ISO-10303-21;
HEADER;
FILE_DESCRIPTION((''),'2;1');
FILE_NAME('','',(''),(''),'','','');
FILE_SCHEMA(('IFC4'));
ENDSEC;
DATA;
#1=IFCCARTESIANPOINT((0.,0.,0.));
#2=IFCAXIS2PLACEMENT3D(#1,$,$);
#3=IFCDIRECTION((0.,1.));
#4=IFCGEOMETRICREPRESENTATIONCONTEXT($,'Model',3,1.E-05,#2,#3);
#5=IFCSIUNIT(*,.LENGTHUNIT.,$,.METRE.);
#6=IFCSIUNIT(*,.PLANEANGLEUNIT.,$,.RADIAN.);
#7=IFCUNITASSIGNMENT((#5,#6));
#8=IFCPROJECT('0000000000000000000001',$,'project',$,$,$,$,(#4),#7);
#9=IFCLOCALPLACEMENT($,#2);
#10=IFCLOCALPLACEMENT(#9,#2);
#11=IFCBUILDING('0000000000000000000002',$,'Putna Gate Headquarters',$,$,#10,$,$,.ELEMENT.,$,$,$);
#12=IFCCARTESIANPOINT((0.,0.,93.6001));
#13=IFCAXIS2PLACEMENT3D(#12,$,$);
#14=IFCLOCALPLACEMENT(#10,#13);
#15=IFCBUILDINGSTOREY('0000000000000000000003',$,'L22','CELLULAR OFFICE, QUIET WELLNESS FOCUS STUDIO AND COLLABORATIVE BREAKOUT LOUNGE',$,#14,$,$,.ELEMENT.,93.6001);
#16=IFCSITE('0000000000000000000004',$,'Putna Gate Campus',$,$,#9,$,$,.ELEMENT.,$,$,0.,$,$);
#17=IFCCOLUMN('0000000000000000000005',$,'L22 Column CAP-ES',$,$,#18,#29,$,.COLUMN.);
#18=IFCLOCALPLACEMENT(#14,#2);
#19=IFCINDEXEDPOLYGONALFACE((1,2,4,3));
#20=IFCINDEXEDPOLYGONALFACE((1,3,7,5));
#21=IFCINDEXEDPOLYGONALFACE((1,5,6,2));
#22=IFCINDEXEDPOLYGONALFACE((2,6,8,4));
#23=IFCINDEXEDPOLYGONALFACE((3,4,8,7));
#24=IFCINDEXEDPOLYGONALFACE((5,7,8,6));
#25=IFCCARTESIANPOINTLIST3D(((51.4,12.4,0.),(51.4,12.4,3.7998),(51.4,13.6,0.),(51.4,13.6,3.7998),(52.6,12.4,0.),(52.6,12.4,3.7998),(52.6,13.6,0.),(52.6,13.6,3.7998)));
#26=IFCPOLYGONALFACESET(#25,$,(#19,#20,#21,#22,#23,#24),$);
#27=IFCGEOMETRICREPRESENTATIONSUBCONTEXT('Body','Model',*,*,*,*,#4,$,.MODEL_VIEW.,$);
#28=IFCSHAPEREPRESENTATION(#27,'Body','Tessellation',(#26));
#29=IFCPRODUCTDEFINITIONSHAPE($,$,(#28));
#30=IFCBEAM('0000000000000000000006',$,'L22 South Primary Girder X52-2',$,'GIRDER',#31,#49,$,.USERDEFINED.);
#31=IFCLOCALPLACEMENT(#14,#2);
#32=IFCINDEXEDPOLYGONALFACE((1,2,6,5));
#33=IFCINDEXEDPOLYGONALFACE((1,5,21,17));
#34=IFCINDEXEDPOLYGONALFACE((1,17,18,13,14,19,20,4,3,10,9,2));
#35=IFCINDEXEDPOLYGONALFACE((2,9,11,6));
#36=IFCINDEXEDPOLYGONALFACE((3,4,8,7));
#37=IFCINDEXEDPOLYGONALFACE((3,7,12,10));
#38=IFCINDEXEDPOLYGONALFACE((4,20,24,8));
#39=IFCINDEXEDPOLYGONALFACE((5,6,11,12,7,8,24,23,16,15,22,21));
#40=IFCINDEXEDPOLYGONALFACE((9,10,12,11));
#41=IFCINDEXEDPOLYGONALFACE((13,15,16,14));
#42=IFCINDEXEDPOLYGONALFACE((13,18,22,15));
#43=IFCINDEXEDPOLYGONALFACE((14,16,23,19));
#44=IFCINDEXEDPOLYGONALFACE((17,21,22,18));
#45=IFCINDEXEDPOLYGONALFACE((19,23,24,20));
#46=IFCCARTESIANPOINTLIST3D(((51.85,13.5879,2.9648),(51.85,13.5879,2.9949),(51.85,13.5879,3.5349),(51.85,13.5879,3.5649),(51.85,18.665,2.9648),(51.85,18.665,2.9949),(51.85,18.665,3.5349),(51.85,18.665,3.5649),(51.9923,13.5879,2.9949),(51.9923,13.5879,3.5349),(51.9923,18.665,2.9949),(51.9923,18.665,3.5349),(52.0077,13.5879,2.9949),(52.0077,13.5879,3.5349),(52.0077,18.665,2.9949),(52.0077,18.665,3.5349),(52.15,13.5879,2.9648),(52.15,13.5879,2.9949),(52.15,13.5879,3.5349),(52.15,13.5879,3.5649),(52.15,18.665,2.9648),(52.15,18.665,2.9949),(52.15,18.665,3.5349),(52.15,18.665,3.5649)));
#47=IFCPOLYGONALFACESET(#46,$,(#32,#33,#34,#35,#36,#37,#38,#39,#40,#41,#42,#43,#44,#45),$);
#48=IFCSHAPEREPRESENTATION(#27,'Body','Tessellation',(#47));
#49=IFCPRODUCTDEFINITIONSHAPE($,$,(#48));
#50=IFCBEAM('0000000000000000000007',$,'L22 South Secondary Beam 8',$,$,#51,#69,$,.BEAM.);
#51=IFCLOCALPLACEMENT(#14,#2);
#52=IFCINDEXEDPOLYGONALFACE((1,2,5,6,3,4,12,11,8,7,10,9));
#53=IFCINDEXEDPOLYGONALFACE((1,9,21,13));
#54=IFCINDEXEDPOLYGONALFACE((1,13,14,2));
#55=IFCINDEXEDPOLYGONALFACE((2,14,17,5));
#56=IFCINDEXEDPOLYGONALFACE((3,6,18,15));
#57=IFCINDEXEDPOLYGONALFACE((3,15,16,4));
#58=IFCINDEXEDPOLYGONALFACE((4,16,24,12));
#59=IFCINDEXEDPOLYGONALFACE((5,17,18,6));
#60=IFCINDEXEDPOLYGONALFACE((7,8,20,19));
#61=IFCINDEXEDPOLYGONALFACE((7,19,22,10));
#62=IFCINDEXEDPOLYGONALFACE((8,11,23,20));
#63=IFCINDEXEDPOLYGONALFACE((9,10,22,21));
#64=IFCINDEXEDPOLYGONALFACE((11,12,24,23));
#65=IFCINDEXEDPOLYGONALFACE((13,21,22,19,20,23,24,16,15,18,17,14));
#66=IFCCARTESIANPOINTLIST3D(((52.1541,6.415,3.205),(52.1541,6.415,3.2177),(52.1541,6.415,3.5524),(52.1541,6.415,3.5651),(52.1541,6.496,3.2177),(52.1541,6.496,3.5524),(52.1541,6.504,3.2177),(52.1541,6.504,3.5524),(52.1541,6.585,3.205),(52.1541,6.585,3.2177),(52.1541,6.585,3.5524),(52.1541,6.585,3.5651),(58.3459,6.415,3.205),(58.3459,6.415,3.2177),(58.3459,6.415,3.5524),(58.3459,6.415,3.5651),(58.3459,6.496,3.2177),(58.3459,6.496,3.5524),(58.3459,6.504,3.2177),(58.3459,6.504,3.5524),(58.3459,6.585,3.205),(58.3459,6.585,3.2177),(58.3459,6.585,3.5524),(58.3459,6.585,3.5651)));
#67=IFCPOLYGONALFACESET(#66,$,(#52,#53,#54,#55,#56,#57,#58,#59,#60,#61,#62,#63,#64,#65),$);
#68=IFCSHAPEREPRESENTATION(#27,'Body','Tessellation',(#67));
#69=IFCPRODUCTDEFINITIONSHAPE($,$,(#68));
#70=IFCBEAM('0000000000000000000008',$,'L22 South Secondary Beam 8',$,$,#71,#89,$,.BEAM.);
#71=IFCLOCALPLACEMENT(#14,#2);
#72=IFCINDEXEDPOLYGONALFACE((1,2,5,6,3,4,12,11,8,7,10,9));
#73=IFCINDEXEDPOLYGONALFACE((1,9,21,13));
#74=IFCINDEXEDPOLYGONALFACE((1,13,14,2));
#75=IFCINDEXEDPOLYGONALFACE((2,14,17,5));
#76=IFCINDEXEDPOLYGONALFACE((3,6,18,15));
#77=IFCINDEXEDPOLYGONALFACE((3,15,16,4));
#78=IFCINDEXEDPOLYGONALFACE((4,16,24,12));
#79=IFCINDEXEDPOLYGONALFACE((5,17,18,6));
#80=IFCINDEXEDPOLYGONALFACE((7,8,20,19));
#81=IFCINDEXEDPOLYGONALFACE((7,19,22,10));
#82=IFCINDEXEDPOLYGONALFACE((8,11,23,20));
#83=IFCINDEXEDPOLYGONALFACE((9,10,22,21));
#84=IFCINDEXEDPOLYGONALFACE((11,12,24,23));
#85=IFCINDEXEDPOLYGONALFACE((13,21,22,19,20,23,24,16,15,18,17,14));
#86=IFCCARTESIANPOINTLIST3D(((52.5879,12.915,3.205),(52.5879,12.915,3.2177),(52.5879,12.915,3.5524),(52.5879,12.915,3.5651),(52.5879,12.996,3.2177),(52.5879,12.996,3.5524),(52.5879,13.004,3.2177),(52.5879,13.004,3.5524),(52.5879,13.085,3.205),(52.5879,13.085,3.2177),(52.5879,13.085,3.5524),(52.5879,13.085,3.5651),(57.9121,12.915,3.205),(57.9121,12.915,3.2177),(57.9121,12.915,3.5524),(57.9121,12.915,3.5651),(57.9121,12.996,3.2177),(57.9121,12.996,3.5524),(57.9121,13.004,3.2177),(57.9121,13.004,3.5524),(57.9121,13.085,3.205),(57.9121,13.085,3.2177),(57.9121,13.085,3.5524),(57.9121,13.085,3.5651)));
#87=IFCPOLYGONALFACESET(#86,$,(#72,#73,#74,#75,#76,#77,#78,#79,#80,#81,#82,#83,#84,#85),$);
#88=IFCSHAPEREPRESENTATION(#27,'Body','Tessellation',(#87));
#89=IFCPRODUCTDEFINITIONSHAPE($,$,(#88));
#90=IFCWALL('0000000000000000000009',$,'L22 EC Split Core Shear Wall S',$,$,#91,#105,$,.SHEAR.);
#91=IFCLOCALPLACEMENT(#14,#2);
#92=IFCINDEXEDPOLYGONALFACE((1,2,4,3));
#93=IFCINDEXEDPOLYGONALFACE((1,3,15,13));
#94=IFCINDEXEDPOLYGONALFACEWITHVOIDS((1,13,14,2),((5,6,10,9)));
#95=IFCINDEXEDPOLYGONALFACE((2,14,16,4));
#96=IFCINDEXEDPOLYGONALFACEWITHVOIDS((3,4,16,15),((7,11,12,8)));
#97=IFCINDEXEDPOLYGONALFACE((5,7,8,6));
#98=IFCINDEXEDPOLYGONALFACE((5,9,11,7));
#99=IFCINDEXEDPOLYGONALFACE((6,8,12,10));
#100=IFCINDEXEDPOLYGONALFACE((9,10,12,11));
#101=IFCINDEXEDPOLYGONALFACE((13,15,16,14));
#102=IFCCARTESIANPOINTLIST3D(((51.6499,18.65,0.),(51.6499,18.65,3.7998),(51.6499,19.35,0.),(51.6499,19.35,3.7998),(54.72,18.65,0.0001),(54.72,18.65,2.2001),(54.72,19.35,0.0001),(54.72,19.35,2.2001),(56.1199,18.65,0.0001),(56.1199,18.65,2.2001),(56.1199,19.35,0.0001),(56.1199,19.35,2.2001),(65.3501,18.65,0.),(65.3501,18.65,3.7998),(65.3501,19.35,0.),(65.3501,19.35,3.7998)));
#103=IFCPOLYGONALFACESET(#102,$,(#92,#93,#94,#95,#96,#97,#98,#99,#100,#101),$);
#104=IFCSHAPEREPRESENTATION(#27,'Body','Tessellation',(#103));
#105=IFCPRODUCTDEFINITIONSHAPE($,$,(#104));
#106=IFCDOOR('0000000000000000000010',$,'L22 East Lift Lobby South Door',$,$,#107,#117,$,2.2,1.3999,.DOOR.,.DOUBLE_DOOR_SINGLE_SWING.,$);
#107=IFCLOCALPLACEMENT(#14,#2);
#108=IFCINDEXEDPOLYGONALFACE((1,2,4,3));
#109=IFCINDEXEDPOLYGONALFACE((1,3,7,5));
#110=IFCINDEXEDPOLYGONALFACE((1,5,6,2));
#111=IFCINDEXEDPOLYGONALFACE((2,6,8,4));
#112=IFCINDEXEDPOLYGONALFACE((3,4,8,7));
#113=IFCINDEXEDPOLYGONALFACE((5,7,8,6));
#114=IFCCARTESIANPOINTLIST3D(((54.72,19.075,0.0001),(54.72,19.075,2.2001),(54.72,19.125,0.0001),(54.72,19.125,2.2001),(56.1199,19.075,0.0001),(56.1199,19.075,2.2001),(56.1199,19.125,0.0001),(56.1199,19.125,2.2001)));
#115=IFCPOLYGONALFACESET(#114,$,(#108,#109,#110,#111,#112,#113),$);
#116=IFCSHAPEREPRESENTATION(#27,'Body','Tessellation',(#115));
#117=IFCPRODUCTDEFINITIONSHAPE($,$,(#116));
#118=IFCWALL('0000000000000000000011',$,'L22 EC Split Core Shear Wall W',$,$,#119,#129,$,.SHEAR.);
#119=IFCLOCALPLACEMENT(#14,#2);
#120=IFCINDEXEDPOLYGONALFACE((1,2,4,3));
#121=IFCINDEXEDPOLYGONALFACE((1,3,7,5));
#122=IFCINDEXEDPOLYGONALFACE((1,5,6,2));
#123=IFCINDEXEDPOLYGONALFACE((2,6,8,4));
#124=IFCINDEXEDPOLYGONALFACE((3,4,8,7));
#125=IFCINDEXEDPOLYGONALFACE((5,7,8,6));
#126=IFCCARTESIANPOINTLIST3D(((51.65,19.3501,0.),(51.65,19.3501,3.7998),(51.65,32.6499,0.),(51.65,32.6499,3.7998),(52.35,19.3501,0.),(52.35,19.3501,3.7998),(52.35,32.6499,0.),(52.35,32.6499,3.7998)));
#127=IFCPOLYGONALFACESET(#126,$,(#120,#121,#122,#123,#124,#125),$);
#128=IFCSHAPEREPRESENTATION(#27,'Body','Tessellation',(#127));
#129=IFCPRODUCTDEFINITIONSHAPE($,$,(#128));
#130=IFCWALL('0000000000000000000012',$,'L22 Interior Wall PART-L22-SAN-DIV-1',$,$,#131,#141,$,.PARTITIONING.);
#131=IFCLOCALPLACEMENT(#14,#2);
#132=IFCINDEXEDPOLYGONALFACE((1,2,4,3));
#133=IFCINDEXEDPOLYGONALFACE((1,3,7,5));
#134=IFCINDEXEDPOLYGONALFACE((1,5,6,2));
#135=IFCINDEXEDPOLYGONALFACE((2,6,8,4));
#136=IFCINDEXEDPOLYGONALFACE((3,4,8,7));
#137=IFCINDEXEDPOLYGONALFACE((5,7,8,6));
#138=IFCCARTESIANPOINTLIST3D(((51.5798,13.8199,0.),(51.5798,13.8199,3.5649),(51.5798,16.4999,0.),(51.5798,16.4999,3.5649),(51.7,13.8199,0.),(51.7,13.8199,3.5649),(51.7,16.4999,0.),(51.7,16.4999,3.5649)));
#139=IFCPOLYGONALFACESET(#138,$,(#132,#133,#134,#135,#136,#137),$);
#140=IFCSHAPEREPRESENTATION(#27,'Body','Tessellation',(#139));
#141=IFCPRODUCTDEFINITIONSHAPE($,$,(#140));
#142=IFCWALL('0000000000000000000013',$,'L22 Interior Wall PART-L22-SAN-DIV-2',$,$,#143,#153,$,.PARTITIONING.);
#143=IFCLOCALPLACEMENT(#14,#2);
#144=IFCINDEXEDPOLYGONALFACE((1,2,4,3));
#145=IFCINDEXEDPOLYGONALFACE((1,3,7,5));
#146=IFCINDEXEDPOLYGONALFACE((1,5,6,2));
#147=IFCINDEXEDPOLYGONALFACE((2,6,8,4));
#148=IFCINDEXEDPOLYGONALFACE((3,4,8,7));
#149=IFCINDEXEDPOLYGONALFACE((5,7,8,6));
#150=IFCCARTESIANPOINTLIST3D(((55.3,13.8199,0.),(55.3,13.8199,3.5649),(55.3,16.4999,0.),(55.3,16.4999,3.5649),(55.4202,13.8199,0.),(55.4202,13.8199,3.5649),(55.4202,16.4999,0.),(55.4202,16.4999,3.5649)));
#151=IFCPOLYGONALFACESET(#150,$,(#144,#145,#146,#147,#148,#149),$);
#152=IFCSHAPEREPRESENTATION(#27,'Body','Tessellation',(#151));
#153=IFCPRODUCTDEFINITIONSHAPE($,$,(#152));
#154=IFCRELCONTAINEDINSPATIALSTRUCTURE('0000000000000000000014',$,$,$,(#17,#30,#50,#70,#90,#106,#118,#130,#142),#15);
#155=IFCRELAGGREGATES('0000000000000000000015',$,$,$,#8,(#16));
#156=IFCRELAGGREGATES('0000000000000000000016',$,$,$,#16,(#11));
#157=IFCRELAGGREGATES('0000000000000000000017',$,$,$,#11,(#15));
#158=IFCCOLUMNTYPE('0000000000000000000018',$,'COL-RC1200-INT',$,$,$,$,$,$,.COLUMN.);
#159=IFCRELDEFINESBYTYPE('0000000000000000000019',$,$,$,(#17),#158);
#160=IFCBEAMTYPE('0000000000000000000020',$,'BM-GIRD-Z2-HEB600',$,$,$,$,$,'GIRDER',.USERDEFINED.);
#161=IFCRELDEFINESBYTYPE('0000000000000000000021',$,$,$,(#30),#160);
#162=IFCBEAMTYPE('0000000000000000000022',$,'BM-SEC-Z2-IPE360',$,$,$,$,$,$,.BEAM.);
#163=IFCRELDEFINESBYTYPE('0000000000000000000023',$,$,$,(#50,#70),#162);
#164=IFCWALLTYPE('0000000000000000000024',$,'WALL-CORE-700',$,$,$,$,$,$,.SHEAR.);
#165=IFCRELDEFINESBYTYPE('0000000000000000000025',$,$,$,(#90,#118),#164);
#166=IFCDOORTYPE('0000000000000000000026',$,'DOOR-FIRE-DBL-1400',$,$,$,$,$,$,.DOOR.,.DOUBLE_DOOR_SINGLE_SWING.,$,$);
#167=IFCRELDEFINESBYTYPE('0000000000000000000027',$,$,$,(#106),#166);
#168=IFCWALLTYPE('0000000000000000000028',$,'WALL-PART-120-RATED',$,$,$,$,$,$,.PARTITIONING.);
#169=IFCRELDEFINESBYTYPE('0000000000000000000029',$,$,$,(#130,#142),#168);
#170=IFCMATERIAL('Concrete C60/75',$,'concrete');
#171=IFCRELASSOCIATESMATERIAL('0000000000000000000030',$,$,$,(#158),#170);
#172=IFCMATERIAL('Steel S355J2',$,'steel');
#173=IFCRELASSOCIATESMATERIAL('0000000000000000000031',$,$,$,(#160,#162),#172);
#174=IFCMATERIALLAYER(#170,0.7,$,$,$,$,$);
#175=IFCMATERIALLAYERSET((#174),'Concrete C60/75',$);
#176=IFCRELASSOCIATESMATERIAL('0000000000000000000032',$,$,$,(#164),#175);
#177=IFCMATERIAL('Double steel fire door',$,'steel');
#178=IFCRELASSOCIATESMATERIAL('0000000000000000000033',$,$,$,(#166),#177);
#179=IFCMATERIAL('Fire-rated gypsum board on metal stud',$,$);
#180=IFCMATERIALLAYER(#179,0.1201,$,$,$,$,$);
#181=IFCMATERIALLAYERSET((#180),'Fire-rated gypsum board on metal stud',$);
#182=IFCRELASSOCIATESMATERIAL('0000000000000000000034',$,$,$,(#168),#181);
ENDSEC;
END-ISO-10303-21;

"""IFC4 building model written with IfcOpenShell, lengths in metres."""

from ifc_helpers import new_model, si_unit, direction, frame, frame_2d, origin, origin_2d, place, context, subcontext, project, spatial, rectangle, i_section, extrude, material, layer, layer_set, material_profile, profile_set, type_object, element, fill, save


model = new_model("IFC4")

# Units and contexts
model_context = context("Model", 3, precision=1e-05, world=origin(), true_north=direction((0.0, 1.0)))
body_context = subcontext(model_context, "Body", "Model", "MODEL_VIEW")
ifc_project = project(units=[si_unit("LENGTHUNIT", "METRE"), si_unit("PLANEANGLEUNIT", "RADIAN")], contexts=[model_context])

# Site, building, storey
site_placement = place(None, origin())
site = spatial("IfcSite", under=ifc_project, at=site_placement, Name="Putna Gate Campus", CompositionType="ELEMENT", RefElevation=0.0)
building_placement = place(site_placement, origin())
building = spatial("IfcBuilding", under=site, at=building_placement, Name="Putna Gate Headquarters", CompositionType="ELEMENT")
storey_placement = place(building_placement, frame((0.0, 0.0, 93.6001)))
storey = spatial("IfcBuildingStorey", under=building, at=storey_placement, Name="L22", Description="CELLULAR OFFICE, QUIET WELLNESS FOCUS STUDIO AND COLLABORATIVE BREAKOUT LOUNGE", CompositionType="ELEMENT", Elevation=93.6001)

# Column
ifc_material_1 = material(Name="Concrete C60/75", Category="concrete")
ifc_material_profile_1 = material_profile(ifc_material_1, rectangle(XDim=1.2, YDim=1.2, at=origin_2d()), Name="Concrete C60/75")
ifc_profile_set_1 = profile_set([ifc_material_profile_1], Name="Concrete C60/75")
column_type = type_object("IfcColumnType", Name="COL-RC1200-INT", PredefinedType="COLUMN", material=ifc_profile_set_1)
column_placement = place(storey_placement, frame((52.0, 13.0, 0.0), z_axis=(0.0, 0.0, 1.0), x_axis=(1.0, 0.0, 0.0)))
element("IfcColumn", 1, at=column_placement, inside=storey, type_object=column_type, Name="L22 Column CAP-ES", PredefinedType="COLUMN", context=body_context, shape_type="SweptSolid", body=[
    extrude(rectangle(XDim=1.2, YDim=1.2, at=origin_2d()), origin(), (0.0, 0.0, 1.0), 3.7998),
])

# Beams
ifc_material_2 = material(Name="Steel S355J2", Category="steel")
ifc_material_profile_2 = material_profile(ifc_material_2, i_section(OverallWidth=0.3, OverallDepth=0.6001, WebThickness=0.0154, FlangeThickness=0.03, at=origin_2d()), Name="Steel S355J2")
ifc_profile_set_2 = profile_set([ifc_material_profile_2], Name="Steel S355J2")
beam_type_1 = type_object("IfcBeamType", Name="BM-GIRD-Z2-HEB600", ElementType="GIRDER", PredefinedType="USERDEFINED", material=ifc_profile_set_2)
beam_1_placement = place(storey_placement, frame((52.0, 13.5879, 3.2649), z_axis=(0.0, 1.0, 0.0), x_axis=(-1.0, 0.0, 0.0)))
element("IfcBeam", 2, at=beam_1_placement, inside=storey, type_object=beam_type_1, Name="L22 South Primary Girder X52-2", ObjectType="GIRDER", PredefinedType="USERDEFINED", context=body_context, shape_type="SweptSolid", body=[
    extrude(i_section(OverallWidth=0.3, OverallDepth=0.6001, WebThickness=0.0154, FlangeThickness=0.03, at=origin_2d()), origin(), (0.0, 0.0, 1.0), 5.0771),
])
ifc_material_profile_3 = material_profile(ifc_material_2, i_section(OverallWidth=0.1699, OverallDepth=0.3601, WebThickness=0.0081, FlangeThickness=0.0127, at=origin_2d()), Name="Steel S355J2")
ifc_profile_set_3 = profile_set([ifc_material_profile_3], Name="Steel S355J2")
beam_type_2 = type_object("IfcBeamType", Name="BM-SEC-Z2-IPE360", PredefinedType="BEAM", material=ifc_profile_set_3)
beam_2_placement = place(storey_placement, frame((52.1541, 6.5, 3.385), z_axis=(1.0, 0.0, 0.0), x_axis=(0.0, 1.0, 0.0)))
element("IfcBeam", 3, at=beam_2_placement, inside=storey, type_object=beam_type_2, Name="L22 South Secondary Beam 8", PredefinedType="BEAM", context=body_context, shape_type="SweptSolid", body=[
    extrude(i_section(OverallWidth=0.1699, OverallDepth=0.3601, WebThickness=0.0081, FlangeThickness=0.0127, at=origin_2d()), origin(), (0.0, 0.0, 1.0), 6.1919),
])
beam_3_placement = place(storey_placement, frame((52.5879, 13.0, 3.385), z_axis=(1.0, 0.0, 0.0), x_axis=(0.0, 1.0, 0.0)))
element("IfcBeam", 4, at=beam_3_placement, inside=storey, type_object=beam_type_2, Name="L22 South Secondary Beam 8", PredefinedType="BEAM", context=body_context, shape_type="SweptSolid", body=[
    extrude(i_section(OverallWidth=0.1699, OverallDepth=0.3601, WebThickness=0.0081, FlangeThickness=0.0127, at=origin_2d()), origin(), (0.0, 0.0, 1.0), 5.3242),
])

# Wall, opening, door
ifc_layer_1 = layer(ifc_material_1, 0.7)
ifc_layer_set_1 = layer_set([ifc_layer_1], Name="Concrete C60/75")
wall_type_1 = type_object("IfcWallType", Name="WALL-CORE-700", PredefinedType="SHEAR", material=ifc_layer_set_1)
wall_1_placement = place(storey_placement, frame((51.6499, 19.0, 0.0), z_axis=(0.0, 0.0, 1.0), x_axis=(1.0, 0.0, 0.0)))
wall_1 = element("IfcWall", 5, at=wall_1_placement, inside=storey, type_object=wall_type_1, Name="L22 EC Split Core Shear Wall S", PredefinedType="SHEAR", context=body_context, shape_type="SweptSolid", body=[
    extrude(rectangle(XDim=13.7002, YDim=0.7, at=frame_2d((6.8501, 0.0))), origin(), (0.0, 0.0, 1.0), 3.7998),
])
opening_1_placement = place(wall_1_placement, frame((3.0701, 0.0, 0.0)))
opening_1 = element("IfcOpeningElement", 6, at=opening_1_placement, cuts=wall_1, PredefinedType="OPENING", context=body_context, shape_type="SweptSolid", body=[
    extrude(rectangle(XDim=1.3999, YDim=2.2, at=frame_2d((0.7, 1.1001))), frame((0.0, 0.3599, 0.0), z_axis=(0.0, -1.0, 0.0), x_axis=(1.0, 0.0, 0.0)), (0.0, 0.0, 1.0), 0.72),
])
ifc_material_3 = material(Name="Double steel fire door", Category="steel")
door_type_1 = type_object("IfcDoorType", Name="DOOR-FIRE-DBL-1400", OperationType="DOUBLE_DOOR_SINGLE_SWING", PredefinedType="DOOR", material=ifc_material_3)
door_1_placement = place(opening_1_placement, origin())
door_1 = element("IfcDoor", 7, at=door_1_placement, inside=storey, type_object=door_type_1, Name="L22 East Lift Lobby South Door", OperationType="DOUBLE_DOOR_SINGLE_SWING", OverallHeight=2.2, OverallWidth=1.3999, PredefinedType="DOOR", context=body_context, shape_type="SweptSolid", body=[
    extrude(rectangle(XDim=1.3999, YDim=2.2, at=frame_2d((0.7, 1.1001))), frame((0.0, 0.125, 0.0), z_axis=(0.0, -1.0, 0.0), x_axis=(1.0, 0.0, 0.0)), (0.0, 0.0, 1.0), 0.05),
])
fill(opening_1, door_1)

# Wall
wall_2_placement = place(storey_placement, frame((52.0, 19.3501, 0.0), z_axis=(0.0, 0.0, 1.0), x_axis=(0.0, 1.0, 0.0)))
element("IfcWall", 8, at=wall_2_placement, inside=storey, type_object=wall_type_1, Name="L22 EC Split Core Shear Wall W", PredefinedType="SHEAR", context=body_context, shape_type="SweptSolid", body=[
    extrude(rectangle(XDim=13.2998, YDim=0.7, at=frame_2d((6.6499, 0.0))), origin(), (0.0, 0.0, 1.0), 3.7998),
])

# Shared definitions
ifc_material_4 = material(Name="Fire-rated gypsum board on metal stud")
ifc_layer_2 = layer(ifc_material_4, 0.1201)
ifc_layer_set_2 = layer_set([ifc_layer_2], Name="Fire-rated gypsum board on metal stud")
wall_type_2 = type_object("IfcWallType", Name="WALL-PART-120-RATED", PredefinedType="PARTITIONING", material=ifc_layer_set_2)

# Walls
for number, where, z_axis, x_axis, name in (
    (9, (51.6399, 13.8201, 0.0), (0.0, 0.0, 1.0), (0.0, 1.0, 0.0), "L22 Interior Wall PART-L22-SAN-DIV-1"),
    (10, (55.3601, 13.8201, 0.0), (0.0, 0.0, 1.0), (0.0, 1.0, 0.0), "L22 Interior Wall PART-L22-SAN-DIV-2"),
):
    element("IfcWall", number, at=place(storey_placement, frame(where, z_axis=z_axis, x_axis=x_axis)), inside=storey, type_object=wall_type_2, Name=name, PredefinedType="PARTITIONING", context=body_context, shape_type="SweptSolid", body=[
        extrude(rectangle(XDim=2.6799, YDim=0.1201, at=frame_2d((1.3398, 0.0))), origin(), (0.0, 0.0, 1.0), 3.5649),
    ])

save(model, "model.ifc")
